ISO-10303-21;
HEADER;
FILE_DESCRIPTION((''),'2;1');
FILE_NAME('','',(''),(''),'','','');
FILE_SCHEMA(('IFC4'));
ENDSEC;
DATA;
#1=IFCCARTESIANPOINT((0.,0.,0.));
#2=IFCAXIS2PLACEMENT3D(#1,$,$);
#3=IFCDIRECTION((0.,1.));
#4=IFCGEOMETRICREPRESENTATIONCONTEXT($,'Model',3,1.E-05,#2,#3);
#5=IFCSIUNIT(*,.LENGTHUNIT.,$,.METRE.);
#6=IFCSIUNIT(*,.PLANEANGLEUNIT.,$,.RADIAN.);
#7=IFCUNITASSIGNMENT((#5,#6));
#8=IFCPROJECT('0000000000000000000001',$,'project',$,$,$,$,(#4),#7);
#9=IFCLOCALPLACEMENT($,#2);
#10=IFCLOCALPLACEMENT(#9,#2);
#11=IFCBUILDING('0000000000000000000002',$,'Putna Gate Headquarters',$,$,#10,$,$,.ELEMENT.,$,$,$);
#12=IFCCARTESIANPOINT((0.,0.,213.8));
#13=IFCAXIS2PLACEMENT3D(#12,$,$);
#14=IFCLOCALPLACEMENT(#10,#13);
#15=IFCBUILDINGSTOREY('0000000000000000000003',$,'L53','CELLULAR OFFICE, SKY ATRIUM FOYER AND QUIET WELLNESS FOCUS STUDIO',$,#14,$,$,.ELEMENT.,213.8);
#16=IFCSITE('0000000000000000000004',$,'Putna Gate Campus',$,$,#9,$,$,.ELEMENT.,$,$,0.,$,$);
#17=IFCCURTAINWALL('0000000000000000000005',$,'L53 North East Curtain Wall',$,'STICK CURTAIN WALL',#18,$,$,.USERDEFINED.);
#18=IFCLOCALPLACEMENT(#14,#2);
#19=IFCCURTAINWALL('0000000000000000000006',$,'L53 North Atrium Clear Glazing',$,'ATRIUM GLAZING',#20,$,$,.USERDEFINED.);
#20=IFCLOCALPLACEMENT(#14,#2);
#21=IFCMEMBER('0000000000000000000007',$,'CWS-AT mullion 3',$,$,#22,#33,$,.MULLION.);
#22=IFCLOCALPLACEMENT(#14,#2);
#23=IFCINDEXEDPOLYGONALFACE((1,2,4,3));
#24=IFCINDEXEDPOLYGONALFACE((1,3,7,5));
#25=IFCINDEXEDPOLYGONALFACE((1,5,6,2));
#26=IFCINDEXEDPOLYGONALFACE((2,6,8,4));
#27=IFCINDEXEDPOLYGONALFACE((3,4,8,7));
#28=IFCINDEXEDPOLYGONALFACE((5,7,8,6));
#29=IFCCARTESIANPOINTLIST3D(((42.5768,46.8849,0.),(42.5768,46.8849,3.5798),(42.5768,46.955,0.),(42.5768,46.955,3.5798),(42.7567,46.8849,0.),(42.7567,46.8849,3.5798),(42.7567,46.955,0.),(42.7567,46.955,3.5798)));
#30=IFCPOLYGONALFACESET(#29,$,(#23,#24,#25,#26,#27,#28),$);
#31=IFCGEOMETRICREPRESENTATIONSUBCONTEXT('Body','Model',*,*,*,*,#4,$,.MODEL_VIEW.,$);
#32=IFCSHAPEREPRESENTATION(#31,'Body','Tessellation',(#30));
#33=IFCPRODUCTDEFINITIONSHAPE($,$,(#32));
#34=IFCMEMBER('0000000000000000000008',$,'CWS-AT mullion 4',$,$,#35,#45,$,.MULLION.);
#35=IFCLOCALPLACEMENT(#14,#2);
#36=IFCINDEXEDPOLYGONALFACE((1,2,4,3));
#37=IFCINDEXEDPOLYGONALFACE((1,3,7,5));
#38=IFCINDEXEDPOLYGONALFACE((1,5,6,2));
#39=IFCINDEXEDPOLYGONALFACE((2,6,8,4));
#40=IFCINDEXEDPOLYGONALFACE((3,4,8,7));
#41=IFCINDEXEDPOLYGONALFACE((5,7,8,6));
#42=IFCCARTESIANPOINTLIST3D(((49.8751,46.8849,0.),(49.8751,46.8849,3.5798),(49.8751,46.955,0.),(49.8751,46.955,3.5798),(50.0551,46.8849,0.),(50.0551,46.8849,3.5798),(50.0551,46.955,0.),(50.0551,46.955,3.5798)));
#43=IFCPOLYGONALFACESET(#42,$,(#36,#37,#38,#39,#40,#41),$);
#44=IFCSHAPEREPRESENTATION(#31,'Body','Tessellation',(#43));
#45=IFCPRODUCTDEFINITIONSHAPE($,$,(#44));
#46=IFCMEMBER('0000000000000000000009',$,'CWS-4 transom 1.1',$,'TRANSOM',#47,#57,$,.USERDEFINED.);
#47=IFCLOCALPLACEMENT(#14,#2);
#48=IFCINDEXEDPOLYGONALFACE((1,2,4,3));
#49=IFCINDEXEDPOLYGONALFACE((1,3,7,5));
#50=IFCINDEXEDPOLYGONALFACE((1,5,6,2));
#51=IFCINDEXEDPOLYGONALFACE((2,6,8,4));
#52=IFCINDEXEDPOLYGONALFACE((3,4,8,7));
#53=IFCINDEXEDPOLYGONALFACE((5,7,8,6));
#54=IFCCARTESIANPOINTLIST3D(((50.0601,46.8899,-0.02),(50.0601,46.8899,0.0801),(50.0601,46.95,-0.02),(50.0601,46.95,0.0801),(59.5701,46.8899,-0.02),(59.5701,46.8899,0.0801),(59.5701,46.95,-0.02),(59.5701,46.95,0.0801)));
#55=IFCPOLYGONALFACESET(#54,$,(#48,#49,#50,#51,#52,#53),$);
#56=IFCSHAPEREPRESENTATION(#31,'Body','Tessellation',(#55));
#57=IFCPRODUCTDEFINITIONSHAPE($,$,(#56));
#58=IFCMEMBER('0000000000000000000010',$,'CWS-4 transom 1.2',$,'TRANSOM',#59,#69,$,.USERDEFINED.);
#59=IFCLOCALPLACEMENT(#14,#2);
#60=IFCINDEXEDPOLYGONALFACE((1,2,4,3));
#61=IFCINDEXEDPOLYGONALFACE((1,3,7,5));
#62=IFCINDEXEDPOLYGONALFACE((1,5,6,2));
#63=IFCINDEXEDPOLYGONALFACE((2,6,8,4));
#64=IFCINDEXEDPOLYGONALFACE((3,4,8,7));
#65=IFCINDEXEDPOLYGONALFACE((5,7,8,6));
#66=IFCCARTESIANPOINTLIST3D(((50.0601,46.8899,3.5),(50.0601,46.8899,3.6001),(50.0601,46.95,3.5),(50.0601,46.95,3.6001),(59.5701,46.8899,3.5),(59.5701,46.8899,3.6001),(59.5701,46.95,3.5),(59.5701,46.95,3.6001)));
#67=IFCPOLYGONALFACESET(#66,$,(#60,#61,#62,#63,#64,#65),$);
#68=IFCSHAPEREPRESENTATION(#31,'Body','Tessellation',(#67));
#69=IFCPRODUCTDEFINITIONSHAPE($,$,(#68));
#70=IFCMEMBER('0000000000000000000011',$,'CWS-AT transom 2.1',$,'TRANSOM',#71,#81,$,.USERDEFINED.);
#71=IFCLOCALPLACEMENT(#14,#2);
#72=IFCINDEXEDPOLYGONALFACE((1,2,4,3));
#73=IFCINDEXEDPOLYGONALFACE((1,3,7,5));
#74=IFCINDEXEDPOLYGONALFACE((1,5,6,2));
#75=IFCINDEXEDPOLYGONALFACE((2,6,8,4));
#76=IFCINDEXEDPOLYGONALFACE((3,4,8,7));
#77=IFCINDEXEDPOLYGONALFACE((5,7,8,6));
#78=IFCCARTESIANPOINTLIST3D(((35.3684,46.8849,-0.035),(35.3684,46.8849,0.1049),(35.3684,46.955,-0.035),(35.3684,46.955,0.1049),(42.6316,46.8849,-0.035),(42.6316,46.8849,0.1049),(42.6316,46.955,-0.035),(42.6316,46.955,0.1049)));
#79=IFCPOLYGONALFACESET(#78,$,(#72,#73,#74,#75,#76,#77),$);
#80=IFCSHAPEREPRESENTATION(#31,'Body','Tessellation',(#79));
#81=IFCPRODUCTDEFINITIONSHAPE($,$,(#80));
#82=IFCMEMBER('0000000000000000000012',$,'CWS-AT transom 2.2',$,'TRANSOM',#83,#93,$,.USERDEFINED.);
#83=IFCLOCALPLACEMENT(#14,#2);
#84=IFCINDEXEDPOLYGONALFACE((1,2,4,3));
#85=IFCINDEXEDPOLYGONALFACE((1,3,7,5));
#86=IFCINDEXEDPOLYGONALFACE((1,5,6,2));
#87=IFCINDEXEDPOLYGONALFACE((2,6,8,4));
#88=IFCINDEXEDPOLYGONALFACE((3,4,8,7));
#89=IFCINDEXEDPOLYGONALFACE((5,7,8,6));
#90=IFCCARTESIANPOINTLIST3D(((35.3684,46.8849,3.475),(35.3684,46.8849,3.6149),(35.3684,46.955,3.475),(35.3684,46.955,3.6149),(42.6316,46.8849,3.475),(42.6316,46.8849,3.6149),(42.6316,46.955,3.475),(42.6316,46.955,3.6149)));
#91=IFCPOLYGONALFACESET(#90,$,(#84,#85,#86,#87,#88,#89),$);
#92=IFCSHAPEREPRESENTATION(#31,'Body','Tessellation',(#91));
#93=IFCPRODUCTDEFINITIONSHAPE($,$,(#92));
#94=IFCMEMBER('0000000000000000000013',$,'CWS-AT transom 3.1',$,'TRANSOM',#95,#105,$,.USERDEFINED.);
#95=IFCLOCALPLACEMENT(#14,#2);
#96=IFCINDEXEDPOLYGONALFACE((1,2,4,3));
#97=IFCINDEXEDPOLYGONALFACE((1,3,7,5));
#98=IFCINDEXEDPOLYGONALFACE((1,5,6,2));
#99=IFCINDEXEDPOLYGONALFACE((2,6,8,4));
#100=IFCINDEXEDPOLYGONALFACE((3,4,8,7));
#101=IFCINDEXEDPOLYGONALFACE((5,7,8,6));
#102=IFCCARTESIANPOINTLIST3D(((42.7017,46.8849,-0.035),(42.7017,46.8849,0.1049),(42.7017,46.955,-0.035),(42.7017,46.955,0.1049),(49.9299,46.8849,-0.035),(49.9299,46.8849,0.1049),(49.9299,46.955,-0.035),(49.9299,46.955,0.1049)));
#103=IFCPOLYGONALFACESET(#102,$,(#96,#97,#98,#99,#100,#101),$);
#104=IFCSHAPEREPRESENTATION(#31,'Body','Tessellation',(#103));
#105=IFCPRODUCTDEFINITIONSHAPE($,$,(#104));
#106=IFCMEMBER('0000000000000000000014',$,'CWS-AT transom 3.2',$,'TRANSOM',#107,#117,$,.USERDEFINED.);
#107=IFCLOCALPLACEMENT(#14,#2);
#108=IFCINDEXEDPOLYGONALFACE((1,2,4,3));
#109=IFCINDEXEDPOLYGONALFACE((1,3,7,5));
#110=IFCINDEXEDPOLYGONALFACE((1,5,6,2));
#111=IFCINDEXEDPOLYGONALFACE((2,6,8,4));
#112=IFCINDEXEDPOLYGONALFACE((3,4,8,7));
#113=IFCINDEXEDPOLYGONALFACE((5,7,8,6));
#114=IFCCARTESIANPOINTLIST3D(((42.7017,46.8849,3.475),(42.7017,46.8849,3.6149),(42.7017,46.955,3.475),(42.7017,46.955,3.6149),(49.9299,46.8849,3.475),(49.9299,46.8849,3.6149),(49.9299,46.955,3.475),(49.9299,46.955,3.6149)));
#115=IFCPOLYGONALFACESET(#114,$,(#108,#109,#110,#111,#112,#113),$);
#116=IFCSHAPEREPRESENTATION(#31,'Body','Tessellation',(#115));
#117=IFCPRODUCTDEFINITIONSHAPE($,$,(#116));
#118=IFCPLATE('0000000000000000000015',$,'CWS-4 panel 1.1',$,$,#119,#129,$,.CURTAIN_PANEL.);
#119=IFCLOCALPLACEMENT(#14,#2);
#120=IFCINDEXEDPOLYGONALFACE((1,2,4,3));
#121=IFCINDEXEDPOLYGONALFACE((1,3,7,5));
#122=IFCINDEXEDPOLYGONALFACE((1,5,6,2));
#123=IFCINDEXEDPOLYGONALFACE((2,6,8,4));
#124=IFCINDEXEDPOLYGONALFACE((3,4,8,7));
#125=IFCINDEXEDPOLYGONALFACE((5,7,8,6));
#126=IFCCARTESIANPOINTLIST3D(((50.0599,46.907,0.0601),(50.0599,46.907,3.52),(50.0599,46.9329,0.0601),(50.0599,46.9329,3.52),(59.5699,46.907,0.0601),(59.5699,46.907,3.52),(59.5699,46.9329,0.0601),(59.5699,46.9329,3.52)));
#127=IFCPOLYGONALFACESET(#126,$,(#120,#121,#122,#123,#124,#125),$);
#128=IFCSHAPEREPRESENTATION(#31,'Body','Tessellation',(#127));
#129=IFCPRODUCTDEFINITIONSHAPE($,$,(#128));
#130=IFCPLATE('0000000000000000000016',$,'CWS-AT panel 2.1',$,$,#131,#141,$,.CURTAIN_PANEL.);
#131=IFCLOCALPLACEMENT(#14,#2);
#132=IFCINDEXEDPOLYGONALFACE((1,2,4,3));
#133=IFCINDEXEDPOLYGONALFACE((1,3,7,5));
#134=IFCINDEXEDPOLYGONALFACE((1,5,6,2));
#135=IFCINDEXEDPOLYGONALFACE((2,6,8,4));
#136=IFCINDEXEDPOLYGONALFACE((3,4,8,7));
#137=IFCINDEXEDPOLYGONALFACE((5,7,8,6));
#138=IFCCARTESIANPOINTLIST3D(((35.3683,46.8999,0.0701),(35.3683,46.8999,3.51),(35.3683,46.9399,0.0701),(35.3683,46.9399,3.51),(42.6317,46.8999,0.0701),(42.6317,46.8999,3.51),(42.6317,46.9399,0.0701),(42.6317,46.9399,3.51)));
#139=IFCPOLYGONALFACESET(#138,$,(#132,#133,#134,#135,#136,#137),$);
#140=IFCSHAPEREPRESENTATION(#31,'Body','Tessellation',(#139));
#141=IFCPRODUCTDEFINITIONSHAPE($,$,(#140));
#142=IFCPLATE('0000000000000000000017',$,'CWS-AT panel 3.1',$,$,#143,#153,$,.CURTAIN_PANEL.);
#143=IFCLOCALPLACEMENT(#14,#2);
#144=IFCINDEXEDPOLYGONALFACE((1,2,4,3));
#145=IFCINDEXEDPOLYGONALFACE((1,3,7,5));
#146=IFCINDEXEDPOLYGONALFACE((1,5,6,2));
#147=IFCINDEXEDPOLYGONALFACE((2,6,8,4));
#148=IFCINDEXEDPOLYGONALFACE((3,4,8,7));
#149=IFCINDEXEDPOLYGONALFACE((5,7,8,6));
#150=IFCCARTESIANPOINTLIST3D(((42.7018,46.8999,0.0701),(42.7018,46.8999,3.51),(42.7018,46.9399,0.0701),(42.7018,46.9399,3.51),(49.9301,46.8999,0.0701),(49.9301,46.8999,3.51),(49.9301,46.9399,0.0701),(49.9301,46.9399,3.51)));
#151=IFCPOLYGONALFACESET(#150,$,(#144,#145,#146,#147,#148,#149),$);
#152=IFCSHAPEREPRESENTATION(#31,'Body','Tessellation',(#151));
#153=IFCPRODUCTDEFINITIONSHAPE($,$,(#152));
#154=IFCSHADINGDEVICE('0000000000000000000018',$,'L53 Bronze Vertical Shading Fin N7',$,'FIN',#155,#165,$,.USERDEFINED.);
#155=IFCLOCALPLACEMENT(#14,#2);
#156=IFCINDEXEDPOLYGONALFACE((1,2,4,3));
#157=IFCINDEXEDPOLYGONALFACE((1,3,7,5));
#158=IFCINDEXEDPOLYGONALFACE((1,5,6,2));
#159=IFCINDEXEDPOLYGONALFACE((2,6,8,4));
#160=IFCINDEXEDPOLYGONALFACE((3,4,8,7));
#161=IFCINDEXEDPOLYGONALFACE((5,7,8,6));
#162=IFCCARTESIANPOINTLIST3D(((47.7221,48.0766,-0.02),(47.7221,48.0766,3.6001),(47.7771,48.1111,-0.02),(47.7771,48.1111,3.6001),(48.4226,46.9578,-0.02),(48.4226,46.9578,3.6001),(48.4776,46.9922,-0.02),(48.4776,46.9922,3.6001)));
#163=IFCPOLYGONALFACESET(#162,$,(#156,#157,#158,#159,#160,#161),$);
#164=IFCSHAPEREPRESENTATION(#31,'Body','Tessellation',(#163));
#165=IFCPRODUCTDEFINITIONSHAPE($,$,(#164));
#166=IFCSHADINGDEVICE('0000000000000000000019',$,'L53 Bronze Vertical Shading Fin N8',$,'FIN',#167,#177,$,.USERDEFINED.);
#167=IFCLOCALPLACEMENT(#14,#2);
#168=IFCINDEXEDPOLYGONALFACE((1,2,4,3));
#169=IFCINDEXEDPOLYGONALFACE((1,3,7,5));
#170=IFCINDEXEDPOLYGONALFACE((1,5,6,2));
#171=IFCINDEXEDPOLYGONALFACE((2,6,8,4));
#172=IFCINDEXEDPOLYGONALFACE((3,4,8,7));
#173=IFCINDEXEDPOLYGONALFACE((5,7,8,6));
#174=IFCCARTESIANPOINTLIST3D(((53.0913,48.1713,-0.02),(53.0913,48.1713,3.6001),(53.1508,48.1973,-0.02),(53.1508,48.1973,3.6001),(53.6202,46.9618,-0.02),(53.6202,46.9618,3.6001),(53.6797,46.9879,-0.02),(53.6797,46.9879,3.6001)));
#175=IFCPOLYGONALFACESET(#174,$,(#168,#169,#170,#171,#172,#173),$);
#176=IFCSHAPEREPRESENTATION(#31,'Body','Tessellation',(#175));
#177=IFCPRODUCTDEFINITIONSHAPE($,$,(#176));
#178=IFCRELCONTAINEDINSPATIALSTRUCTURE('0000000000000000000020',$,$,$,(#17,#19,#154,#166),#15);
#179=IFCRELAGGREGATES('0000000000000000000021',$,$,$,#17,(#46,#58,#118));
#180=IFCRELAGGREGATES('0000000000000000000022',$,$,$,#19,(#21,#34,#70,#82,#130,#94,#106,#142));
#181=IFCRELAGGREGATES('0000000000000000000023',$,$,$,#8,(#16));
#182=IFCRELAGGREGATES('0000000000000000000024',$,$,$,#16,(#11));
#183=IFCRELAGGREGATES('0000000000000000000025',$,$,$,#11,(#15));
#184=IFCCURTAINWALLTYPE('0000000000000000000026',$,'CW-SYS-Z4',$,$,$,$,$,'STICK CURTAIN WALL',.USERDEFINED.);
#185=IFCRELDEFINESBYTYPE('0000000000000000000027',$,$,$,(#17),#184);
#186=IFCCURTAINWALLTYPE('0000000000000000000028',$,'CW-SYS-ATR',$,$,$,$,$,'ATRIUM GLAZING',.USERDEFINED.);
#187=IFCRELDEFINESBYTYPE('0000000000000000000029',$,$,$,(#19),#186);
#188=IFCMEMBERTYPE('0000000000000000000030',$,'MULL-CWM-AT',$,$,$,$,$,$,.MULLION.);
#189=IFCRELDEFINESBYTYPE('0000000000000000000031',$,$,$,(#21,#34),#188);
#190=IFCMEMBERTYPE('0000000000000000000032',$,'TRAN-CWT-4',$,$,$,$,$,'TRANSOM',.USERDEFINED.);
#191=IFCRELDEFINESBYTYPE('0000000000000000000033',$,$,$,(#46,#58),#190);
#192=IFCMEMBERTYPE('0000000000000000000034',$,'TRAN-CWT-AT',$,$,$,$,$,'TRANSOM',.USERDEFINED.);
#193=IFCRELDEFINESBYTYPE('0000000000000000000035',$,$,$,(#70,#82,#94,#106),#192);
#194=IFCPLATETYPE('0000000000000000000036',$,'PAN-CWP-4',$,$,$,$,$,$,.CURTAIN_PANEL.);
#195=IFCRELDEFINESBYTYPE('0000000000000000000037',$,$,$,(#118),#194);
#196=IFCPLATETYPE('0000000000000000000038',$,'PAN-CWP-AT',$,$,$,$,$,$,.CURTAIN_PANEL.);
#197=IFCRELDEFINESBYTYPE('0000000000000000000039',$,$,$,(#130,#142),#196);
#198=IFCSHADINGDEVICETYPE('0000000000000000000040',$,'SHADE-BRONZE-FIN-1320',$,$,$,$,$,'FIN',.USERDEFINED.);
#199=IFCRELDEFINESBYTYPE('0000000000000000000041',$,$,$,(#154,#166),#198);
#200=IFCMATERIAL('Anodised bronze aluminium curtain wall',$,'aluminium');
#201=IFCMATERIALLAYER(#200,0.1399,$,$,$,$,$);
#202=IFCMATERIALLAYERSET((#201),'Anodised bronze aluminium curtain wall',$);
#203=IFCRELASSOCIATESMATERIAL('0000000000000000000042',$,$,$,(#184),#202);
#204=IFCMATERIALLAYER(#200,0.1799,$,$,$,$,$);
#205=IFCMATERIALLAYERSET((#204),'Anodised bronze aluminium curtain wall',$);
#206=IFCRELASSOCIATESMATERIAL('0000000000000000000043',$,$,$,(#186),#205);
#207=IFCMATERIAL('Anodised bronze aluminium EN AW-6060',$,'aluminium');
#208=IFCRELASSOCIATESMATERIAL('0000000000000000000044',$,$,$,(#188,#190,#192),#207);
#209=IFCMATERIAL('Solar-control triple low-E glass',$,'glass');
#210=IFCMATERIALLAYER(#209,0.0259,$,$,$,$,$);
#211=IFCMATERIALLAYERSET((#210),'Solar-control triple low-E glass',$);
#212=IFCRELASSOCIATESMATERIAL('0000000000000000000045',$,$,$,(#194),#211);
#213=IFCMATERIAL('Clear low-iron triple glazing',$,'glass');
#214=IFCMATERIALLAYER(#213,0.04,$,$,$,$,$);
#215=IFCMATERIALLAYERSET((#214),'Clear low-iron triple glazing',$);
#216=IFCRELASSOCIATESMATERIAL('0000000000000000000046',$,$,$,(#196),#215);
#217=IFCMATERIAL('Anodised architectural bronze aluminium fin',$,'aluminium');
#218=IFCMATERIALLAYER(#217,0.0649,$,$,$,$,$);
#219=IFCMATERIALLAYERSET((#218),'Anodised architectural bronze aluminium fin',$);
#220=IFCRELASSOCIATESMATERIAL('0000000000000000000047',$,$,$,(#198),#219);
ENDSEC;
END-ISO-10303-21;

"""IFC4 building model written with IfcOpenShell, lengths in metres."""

from ifc_helpers import new_model, si_unit, direction, frame, origin, origin_2d, place, context, subcontext, project, spatial, rectangle, extrude, material, layer, layer_set, material_profile, profile_set, type_object, element, aggregate, save


model = new_model("IFC4")

# Units and contexts
model_context = context("Model", 3, precision=1e-05, world=origin(), true_north=direction((0.0, 1.0)))
body_context = subcontext(model_context, "Body", "Model", "MODEL_VIEW")
ifc_project = project(units=[si_unit("LENGTHUNIT", "METRE"), si_unit("PLANEANGLEUNIT", "RADIAN")], contexts=[model_context])

# Site, building, storey
site_placement = place(None, origin())
site = spatial("IfcSite", under=ifc_project, at=site_placement, Name="Putna Gate Campus", CompositionType="ELEMENT", RefElevation=0.0)
building_placement = place(site_placement, origin())
building = spatial("IfcBuilding", under=site, at=building_placement, Name="Putna Gate Headquarters", CompositionType="ELEMENT")
storey_placement = place(building_placement, frame((0.0, 0.0, 213.8)))
storey = spatial("IfcBuildingStorey", under=building, at=storey_placement, Name="L53", Description="CELLULAR OFFICE, SKY ATRIUM FOYER AND QUIET WELLNESS FOCUS STUDIO", CompositionType="ELEMENT", Elevation=213.8)

# Curtain wall
ifc_material_1 = material(Name="Anodised bronze aluminium curtain wall", Category="aluminium")
ifc_layer_1 = layer(ifc_material_1, 0.1399)
ifc_layer_set_1 = layer_set([ifc_layer_1], Name="Anodised bronze aluminium curtain wall")
curtain_wall_type_1 = type_object("IfcCurtainWallType", Name="CW-SYS-Z4", ElementType="STICK CURTAIN WALL", PredefinedType="USERDEFINED", material=ifc_layer_set_1)
curtain_wall_1_placement = place(storey_placement, origin())
curtain_wall_1 = element("IfcCurtainWall", 1, at=curtain_wall_1_placement, inside=storey, type_object=curtain_wall_type_1, Name="L53 North East Curtain Wall", ObjectType="STICK CURTAIN WALL", PredefinedType="USERDEFINED")
ifc_material_2 = material(Name="Anodised bronze aluminium EN AW-6060", Category="aluminium")

# Curtain wall, members
ifc_layer_2 = layer(ifc_material_1, 0.1799)
ifc_layer_set_2 = layer_set([ifc_layer_2], Name="Anodised bronze aluminium curtain wall")
curtain_wall_type_2 = type_object("IfcCurtainWallType", Name="CW-SYS-ATR", ElementType="ATRIUM GLAZING", PredefinedType="USERDEFINED", material=ifc_layer_set_2)
curtain_wall_2_placement = place(storey_placement, origin())
curtain_wall_2 = element("IfcCurtainWall", 2, at=curtain_wall_2_placement, inside=storey, type_object=curtain_wall_type_2, Name="L53 North Atrium Clear Glazing", ObjectType="ATRIUM GLAZING", PredefinedType="USERDEFINED")
ifc_material_profile_1 = material_profile(ifc_material_2, rectangle(XDim=0.0701, YDim=0.1799, at=origin_2d()), Name="Anodised bronze aluminium EN AW-6060")
ifc_profile_set_1 = profile_set([ifc_material_profile_1], Name="Anodised bronze aluminium EN AW-6060")
member_type_1 = type_object("IfcMemberType", Name="MULL-CWM-AT", PredefinedType="MULLION", material=ifc_profile_set_1)
member_1_placement = place(storey_placement, frame((42.6667, 46.9199, 0.0), z_axis=(0.0, 0.0, 1.0), x_axis=(0.0, 1.0, 0.0)))
member_1 = element("IfcMember", 3, at=member_1_placement, type_object=member_type_1, Name="CWS-AT mullion 3", PredefinedType="MULLION", context=body_context, shape_type="SweptSolid", body=[
    extrude(rectangle(XDim=0.0701, YDim=0.1799, at=origin_2d()), origin(), (0.0, 0.0, 1.0), 3.5798),
])
member_2_placement = place(storey_placement, frame((49.9651, 46.9199, 0.0), z_axis=(0.0, 0.0, 1.0), x_axis=(0.0, 1.0, 0.0)))
member_2 = element("IfcMember", 4, at=member_2_placement, type_object=member_type_1, Name="CWS-AT mullion 4", PredefinedType="MULLION", context=body_context, shape_type="SweptSolid", body=[
    extrude(rectangle(XDim=0.0701, YDim=0.1799, at=origin_2d()), origin(), (0.0, 0.0, 1.0), 3.5798),
])

# Members
ifc_material_profile_2 = material_profile(ifc_material_2, rectangle(XDim=0.0601, YDim=0.1001, at=origin_2d()), Name="Anodised bronze aluminium EN AW-6060")
ifc_profile_set_2 = profile_set([ifc_material_profile_2], Name="Anodised bronze aluminium EN AW-6060")
member_type_2 = type_object("IfcMemberType", Name="TRAN-CWT-4", ElementType="TRANSOM", PredefinedType="USERDEFINED", material=ifc_profile_set_2)
member_3_placement = place(storey_placement, frame((50.0601, 46.9199, 0.03), z_axis=(1.0, 0.0, 0.0), x_axis=(0.0, 1.0, 0.0)))
member_3 = element("IfcMember", 5, at=member_3_placement, type_object=member_type_2, Name="CWS-4 transom 1.1", ObjectType="TRANSOM", PredefinedType="USERDEFINED", context=body_context, shape_type="SweptSolid", body=[
    extrude(rectangle(XDim=0.0601, YDim=0.1001, at=origin_2d()), origin(), (0.0, 0.0, 1.0), 9.51),
])
member_4_placement = place(storey_placement, frame((50.0601, 46.9199, 3.55), z_axis=(1.0, 0.0, 0.0), x_axis=(0.0, 1.0, 0.0)))
member_4 = element("IfcMember", 6, at=member_4_placement, type_object=member_type_2, Name="CWS-4 transom 1.2", ObjectType="TRANSOM", PredefinedType="USERDEFINED", context=body_context, shape_type="SweptSolid", body=[
    extrude(rectangle(XDim=0.0601, YDim=0.1001, at=origin_2d()), origin(), (0.0, 0.0, 1.0), 9.51),
])
ifc_material_profile_3 = material_profile(ifc_material_2, rectangle(XDim=0.0701, YDim=0.1399, at=origin_2d()), Name="Anodised bronze aluminium EN AW-6060")
ifc_profile_set_3 = profile_set([ifc_material_profile_3], Name="Anodised bronze aluminium EN AW-6060")
member_type_3 = type_object("IfcMemberType", Name="TRAN-CWT-AT", ElementType="TRANSOM", PredefinedType="USERDEFINED", material=ifc_profile_set_3)
member_5_placement = place(storey_placement, frame((35.3684, 46.9199, 0.0349), z_axis=(1.0, 0.0, 0.0), x_axis=(0.0, 1.0, 0.0)))
member_5 = element("IfcMember", 7, at=member_5_placement, type_object=member_type_3, Name="CWS-AT transom 2.1", ObjectType="TRANSOM", PredefinedType="USERDEFINED", context=body_context, shape_type="SweptSolid", body=[
    extrude(rectangle(XDim=0.0701, YDim=0.1399, at=origin_2d()), origin(), (0.0, 0.0, 1.0), 7.2632),
])
member_6_placement = place(storey_placement, frame((35.3684, 46.9199, 3.5449), z_axis=(1.0, 0.0, 0.0), x_axis=(0.0, 1.0, 0.0)))
member_6 = element("IfcMember", 8, at=member_6_placement, type_object=member_type_3, Name="CWS-AT transom 2.2", ObjectType="TRANSOM", PredefinedType="USERDEFINED", context=body_context, shape_type="SweptSolid", body=[
    extrude(rectangle(XDim=0.0701, YDim=0.1399, at=origin_2d()), origin(), (0.0, 0.0, 1.0), 7.2632),
])
member_7_placement = place(storey_placement, frame((42.7017, 46.9199, 0.0349), z_axis=(1.0, 0.0, 0.0), x_axis=(0.0, 1.0, 0.0)))
member_7 = element("IfcMember", 9, at=member_7_placement, type_object=member_type_3, Name="CWS-AT transom 3.1", ObjectType="TRANSOM", PredefinedType="USERDEFINED", context=body_context, shape_type="SweptSolid", body=[
    extrude(rectangle(XDim=0.0701, YDim=0.1399, at=origin_2d()), origin(), (0.0, 0.0, 1.0), 7.2283),
])
member_8_placement = place(storey_placement, frame((42.7017, 46.9199, 3.5449), z_axis=(1.0, 0.0, 0.0), x_axis=(0.0, 1.0, 0.0)))
member_8 = element("IfcMember", 10, at=member_8_placement, type_object=member_type_3, Name="CWS-AT transom 3.2", ObjectType="TRANSOM", PredefinedType="USERDEFINED", context=body_context, shape_type="SweptSolid", body=[
    extrude(rectangle(XDim=0.0701, YDim=0.1399, at=origin_2d()), origin(), (0.0, 0.0, 1.0), 7.2283),
])

# Plates
ifc_material_3 = material(Name="Solar-control triple low-E glass", Category="glass")
ifc_layer_3 = layer(ifc_material_3, 0.0259)
ifc_layer_set_3 = layer_set([ifc_layer_3], Name="Solar-control triple low-E glass")
plate_type_1 = type_object("IfcPlateType", Name="PAN-CWP-4", PredefinedType="CURTAIN_PANEL", material=ifc_layer_set_3)
plate_1_placement = place(storey_placement, frame((54.8149, 46.9199, 0.0601), z_axis=(0.0, 0.0, 1.0), x_axis=(1.0, 0.0, 0.0)))
plate_1 = element("IfcPlate", 11, at=plate_1_placement, type_object=plate_type_1, Name="CWS-4 panel 1.1", PredefinedType="CURTAIN_PANEL", context=body_context, shape_type="SweptSolid", body=[
    extrude(rectangle(XDim=9.51, YDim=0.0259, at=origin_2d()), origin(), (0.0, 0.0, 1.0), 3.46),
])
aggregate(curtain_wall_1, [member_3, member_4, plate_1])
ifc_material_4 = material(Name="Clear low-iron triple glazing", Category="glass")
ifc_layer_4 = layer(ifc_material_4, 0.04)
ifc_layer_set_4 = layer_set([ifc_layer_4], Name="Clear low-iron triple glazing")
plate_type_2 = type_object("IfcPlateType", Name="PAN-CWP-AT", PredefinedType="CURTAIN_PANEL", material=ifc_layer_set_4)
plate_2_placement = place(storey_placement, frame((39.0, 46.9199, 0.0701), z_axis=(0.0, 0.0, 1.0), x_axis=(1.0, 0.0, 0.0)))
plate_2 = element("IfcPlate", 12, at=plate_2_placement, type_object=plate_type_2, Name="CWS-AT panel 2.1", PredefinedType="CURTAIN_PANEL", context=body_context, shape_type="SweptSolid", body=[
    extrude(rectangle(XDim=7.2634, YDim=0.04, at=origin_2d()), origin(), (0.0, 0.0, 1.0), 3.4399),
])
plate_3_placement = place(storey_placement, frame((46.3159, 46.9199, 0.0701), z_axis=(0.0, 0.0, 1.0), x_axis=(1.0, 0.0, 0.0)))
plate_3 = element("IfcPlate", 13, at=plate_3_placement, type_object=plate_type_2, Name="CWS-AT panel 3.1", PredefinedType="CURTAIN_PANEL", context=body_context, shape_type="SweptSolid", body=[
    extrude(rectangle(XDim=7.2283, YDim=0.04, at=origin_2d()), origin(), (0.0, 0.0, 1.0), 3.4399),
])
aggregate(curtain_wall_2, [member_1, member_2, member_5, member_6, plate_2, member_7, member_8, plate_3])

# Shading devices
ifc_material_5 = material(Name="Anodised architectural bronze aluminium fin", Category="aluminium")
ifc_layer_5 = layer(ifc_material_5, 0.0649)
ifc_layer_set_5 = layer_set([ifc_layer_5], Name="Anodised architectural bronze aluminium fin")
shading_device_type = type_object("IfcShadingDeviceType", Name="SHADE-BRONZE-FIN-1320", ElementType="FIN", PredefinedType="USERDEFINED", material=ifc_layer_set_5)
for number, where, z_axis, x_axis, name in (
    (14, (48.0999, 47.5344, -0.02), (0.0, 0.0, 1.0), (-0.530659, 0.847585, 0.0), "L53 Bronze Vertical Shading Fin N7"),
    (15, (53.3855, 47.5796, -0.02), (0.0, 0.0, 1.0), (-0.400669, 0.916223, 0.0), "L53 Bronze Vertical Shading Fin N8"),
):
    element("IfcShadingDevice", number, at=place(storey_placement, frame(where, z_axis=z_axis, x_axis=x_axis)), inside=storey, type_object=shading_device_type, Name=name, ObjectType="FIN", PredefinedType="USERDEFINED", context=body_context, shape_type="SweptSolid", body=[
        extrude(rectangle(XDim=1.3201, YDim=0.0649, at=origin_2d()), origin(), (0.0, 0.0, 1.0), 3.6201),
    ])

save(model, "model.ifc")
